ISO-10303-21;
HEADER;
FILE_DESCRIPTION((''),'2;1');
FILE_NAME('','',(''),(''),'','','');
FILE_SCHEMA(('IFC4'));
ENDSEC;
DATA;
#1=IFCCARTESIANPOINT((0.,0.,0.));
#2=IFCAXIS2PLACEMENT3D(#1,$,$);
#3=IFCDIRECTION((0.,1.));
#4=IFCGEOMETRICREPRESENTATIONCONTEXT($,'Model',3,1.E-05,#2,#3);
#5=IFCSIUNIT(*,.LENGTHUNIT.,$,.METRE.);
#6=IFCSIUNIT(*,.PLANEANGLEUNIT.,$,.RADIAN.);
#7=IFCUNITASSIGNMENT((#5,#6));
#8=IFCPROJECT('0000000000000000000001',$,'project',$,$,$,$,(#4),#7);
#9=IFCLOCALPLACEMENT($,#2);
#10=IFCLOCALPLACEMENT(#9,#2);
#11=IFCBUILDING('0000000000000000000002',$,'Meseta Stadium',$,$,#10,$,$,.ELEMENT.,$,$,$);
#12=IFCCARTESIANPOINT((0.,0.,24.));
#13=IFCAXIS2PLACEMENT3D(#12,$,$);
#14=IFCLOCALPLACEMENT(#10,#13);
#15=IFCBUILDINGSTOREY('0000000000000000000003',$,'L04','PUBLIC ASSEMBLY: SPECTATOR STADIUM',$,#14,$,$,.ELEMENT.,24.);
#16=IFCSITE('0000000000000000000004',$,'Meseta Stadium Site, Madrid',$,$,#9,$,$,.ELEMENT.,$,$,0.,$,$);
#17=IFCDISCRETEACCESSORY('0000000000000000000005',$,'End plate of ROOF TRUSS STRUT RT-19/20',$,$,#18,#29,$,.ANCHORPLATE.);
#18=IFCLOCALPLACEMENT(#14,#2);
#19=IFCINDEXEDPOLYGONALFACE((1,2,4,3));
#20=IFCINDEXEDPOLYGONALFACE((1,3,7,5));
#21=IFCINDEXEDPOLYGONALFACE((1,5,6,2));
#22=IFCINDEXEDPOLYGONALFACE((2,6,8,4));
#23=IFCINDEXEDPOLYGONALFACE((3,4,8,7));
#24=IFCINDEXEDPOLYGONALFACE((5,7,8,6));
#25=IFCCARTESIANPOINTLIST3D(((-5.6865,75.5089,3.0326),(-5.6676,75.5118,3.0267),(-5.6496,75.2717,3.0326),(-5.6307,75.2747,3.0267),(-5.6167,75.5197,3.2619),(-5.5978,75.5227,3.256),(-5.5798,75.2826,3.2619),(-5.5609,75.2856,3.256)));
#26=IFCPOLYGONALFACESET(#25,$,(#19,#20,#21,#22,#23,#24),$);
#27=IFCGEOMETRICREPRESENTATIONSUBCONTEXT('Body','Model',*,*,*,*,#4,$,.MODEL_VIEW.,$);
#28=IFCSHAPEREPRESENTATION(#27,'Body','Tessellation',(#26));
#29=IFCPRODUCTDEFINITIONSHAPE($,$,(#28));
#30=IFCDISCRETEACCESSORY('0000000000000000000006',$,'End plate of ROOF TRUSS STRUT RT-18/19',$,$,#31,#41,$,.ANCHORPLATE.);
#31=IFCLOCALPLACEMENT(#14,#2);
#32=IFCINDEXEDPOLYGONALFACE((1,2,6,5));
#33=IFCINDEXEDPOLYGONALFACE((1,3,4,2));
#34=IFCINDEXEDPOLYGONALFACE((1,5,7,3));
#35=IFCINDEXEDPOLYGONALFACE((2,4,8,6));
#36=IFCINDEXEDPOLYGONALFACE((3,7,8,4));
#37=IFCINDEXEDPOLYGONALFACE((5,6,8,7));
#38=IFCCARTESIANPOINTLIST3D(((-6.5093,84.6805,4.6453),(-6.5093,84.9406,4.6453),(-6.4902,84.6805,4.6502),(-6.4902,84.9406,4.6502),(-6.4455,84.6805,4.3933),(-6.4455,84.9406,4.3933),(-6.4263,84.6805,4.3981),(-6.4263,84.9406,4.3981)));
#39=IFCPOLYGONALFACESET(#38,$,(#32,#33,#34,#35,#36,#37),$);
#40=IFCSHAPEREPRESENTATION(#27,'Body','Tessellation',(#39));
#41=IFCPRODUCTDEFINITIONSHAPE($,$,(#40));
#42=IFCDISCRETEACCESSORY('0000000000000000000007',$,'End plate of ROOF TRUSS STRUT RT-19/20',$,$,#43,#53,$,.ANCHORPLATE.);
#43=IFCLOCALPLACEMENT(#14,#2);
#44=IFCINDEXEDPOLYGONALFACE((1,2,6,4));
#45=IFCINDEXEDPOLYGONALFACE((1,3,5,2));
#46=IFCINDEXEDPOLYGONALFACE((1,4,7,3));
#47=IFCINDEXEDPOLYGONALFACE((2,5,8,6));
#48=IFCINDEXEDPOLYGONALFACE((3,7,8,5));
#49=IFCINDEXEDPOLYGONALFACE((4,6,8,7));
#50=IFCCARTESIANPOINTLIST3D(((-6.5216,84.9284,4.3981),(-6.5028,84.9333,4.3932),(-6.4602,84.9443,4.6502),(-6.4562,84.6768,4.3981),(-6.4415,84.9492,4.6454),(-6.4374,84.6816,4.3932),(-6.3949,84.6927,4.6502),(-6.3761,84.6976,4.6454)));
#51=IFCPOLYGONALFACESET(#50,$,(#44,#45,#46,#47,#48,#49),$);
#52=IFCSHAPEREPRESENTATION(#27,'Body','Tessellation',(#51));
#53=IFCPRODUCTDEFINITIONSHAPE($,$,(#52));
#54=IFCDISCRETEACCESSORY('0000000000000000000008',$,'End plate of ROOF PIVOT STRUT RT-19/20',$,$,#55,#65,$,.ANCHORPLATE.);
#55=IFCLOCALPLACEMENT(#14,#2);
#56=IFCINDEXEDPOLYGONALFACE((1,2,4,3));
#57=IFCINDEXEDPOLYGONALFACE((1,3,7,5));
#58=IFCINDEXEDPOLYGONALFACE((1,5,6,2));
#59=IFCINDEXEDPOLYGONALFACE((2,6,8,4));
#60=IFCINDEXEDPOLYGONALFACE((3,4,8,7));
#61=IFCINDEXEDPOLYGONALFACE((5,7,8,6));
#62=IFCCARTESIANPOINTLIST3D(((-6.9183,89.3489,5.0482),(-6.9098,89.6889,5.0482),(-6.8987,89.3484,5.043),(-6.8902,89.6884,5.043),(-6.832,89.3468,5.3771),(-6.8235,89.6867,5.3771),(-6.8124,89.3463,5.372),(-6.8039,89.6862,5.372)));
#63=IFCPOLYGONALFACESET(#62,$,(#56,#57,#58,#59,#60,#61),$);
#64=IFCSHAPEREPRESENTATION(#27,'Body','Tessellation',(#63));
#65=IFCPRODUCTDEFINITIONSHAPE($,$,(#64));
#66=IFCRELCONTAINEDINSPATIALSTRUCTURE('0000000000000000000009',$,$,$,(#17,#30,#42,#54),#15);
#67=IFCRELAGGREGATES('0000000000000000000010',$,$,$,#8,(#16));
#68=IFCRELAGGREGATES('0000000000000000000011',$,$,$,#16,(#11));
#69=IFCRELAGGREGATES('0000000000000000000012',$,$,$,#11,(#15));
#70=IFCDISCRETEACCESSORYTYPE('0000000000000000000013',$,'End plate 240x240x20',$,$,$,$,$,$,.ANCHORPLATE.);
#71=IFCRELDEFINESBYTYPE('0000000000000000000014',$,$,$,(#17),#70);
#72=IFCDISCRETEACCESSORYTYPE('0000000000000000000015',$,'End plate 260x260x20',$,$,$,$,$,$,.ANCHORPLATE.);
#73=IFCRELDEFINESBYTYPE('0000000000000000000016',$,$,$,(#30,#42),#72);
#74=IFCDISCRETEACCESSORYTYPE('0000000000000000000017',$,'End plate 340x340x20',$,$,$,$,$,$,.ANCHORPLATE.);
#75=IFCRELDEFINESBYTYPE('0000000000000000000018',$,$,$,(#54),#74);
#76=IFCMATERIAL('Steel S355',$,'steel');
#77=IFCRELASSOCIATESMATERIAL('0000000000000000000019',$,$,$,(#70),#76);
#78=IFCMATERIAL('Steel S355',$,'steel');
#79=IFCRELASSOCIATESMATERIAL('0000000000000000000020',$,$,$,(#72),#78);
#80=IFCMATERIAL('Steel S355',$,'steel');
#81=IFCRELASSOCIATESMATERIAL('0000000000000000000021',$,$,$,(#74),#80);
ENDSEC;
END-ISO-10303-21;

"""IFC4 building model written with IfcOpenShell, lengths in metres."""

from ifc_helpers import new_model, si_unit, direction, frame, origin, origin_2d, place, context, subcontext, project, spatial, rectangle, extrude, material, material_profile, profile_set, type_object, element, save


model = new_model("IFC4")

# Units and contexts
model_context = context("Model", 3, precision=1e-05, world=origin(), true_north=direction((0.0, 1.0)))
body_context = subcontext(model_context, "Body", "Model", "MODEL_VIEW")
ifc_project = project(units=[si_unit("LENGTHUNIT", "METRE"), si_unit("PLANEANGLEUNIT", "RADIAN")], contexts=[model_context])

# Site, building, storey
site_placement = place(None, origin())
site = spatial("IfcSite", under=ifc_project, at=site_placement, Name="Meseta Stadium Site, Madrid", CompositionType="ELEMENT", RefElevation=0.0)
building_placement = place(site_placement, origin())
building = spatial("IfcBuilding", under=site, at=building_placement, Name="Meseta Stadium", CompositionType="ELEMENT")
storey_placement = place(building_placement, frame((0.0, 0.0, 24.0)))
storey = spatial("IfcBuildingStorey", under=building, at=storey_placement, Name="L04", Description="PUBLIC ASSEMBLY: SPECTATOR STADIUM", CompositionType="ELEMENT", Elevation=24.0)

# Discrete accessories
ifc_material_1 = material(Name="Steel S355", Category="steel")
ifc_material_profile_1 = material_profile(ifc_material_1, rectangle(XDim=0.24, YDim=0.24, at=origin_2d()), Name="PL 240x240")
ifc_profile_set_1 = profile_set([ifc_material_profile_1], Name="Steel S355")
discrete_accessory_type_1 = type_object("IfcDiscreteAccessoryType", Name="End plate 240x240x20", PredefinedType="ANCHORPLATE", material=ifc_profile_set_1)
discrete_accessory_1_placement = place(storey_placement, frame((-5.6143, 75.3987, 3.1414), z_axis=(-0.944306, -0.147165, 0.294329), x_axis=(0.153985, -0.988073, 0.0)))
element("IfcDiscreteAccessory", 1, at=discrete_accessory_1_placement, inside=storey, type_object=discrete_accessory_type_1, Name="End plate of ROOF TRUSS STRUT RT-19/20", PredefinedType="ANCHORPLATE", context=body_context, shape_type="SweptSolid", body=[
    extrude(rectangle(XDim=0.24, YDim=0.24, at=origin_2d()), origin(), (0.0, 0.0, 1.0), 0.02),
])
ifc_material_2 = material(Name="Steel S355", Category="steel")
ifc_material_profile_2 = material_profile(ifc_material_2, rectangle(XDim=0.26, YDim=0.26, at=origin_2d()), Name="PL 260x260")
ifc_profile_set_2 = profile_set([ifc_material_profile_2], Name="Steel S355")
discrete_accessory_type_2 = type_object("IfcDiscreteAccessoryType", Name="End plate 260x260x20", PredefinedType="ANCHORPLATE", material=ifc_profile_set_2)
discrete_accessory_2_placement = place(storey_placement, frame((-6.4583, 84.8105, 4.5242), z_axis=(-0.969416, 0.0, -0.245422), x_axis=(0.0, -1.0, 0.0)))
element("IfcDiscreteAccessory", 2, at=discrete_accessory_2_placement, inside=storey, type_object=discrete_accessory_type_2, Name="End plate of ROOF TRUSS STRUT RT-18/19", PredefinedType="ANCHORPLATE", context=body_context, shape_type="SweptSolid", body=[
    extrude(rectangle(XDim=0.26, YDim=0.26, at=origin_2d()), origin(), (0.0, 0.0, 1.0), 0.0198),
])
discrete_accessory_3_placement = place(storey_placement, frame((-6.4395, 84.8154, 4.5193), z_axis=(-0.938675, -0.243812, 0.243812), x_axis=(0.251398, -0.967884, 0.0)))
element("IfcDiscreteAccessory", 3, at=discrete_accessory_3_placement, inside=storey, type_object=discrete_accessory_type_2, Name="End plate of ROOF TRUSS STRUT RT-19/20", PredefinedType="ANCHORPLATE", context=body_context, shape_type="SweptSolid", body=[
    extrude(rectangle(XDim=0.26, YDim=0.26, at=origin_2d()), origin(), (0.0, 0.0, 1.0), 0.02),
])
ifc_material_3 = material(Name="Steel S355", Category="steel")
ifc_material_profile_3 = material_profile(ifc_material_3, rectangle(XDim=0.3401, YDim=0.3401, at=origin_2d()), Name="PL 340x340")
ifc_profile_set_3 = profile_set([ifc_material_profile_3], Name="Steel S355")
discrete_accessory_type_3 = type_object("IfcDiscreteAccessoryType", Name="End plate 340x340x20", PredefinedType="ANCHORPLATE", material=ifc_profile_set_3)
discrete_accessory_4_placement = place(storey_placement, frame((-6.8513, 89.5173, 5.2075), z_axis=(-0.966948, 0.024174, 0.253824), x_axis=(-0.024992, -0.999688, 0.0)))
element("IfcDiscreteAccessory", 4, at=discrete_accessory_4_placement, inside=storey, type_object=discrete_accessory_type_3, Name="End plate of ROOF PIVOT STRUT RT-19/20", PredefinedType="ANCHORPLATE", context=body_context, shape_type="SweptSolid", body=[
    extrude(rectangle(XDim=0.3401, YDim=0.3401, at=origin_2d()), origin(), (0.0, 0.0, 1.0), 0.0203),
])

save(model, "model.ifc")
